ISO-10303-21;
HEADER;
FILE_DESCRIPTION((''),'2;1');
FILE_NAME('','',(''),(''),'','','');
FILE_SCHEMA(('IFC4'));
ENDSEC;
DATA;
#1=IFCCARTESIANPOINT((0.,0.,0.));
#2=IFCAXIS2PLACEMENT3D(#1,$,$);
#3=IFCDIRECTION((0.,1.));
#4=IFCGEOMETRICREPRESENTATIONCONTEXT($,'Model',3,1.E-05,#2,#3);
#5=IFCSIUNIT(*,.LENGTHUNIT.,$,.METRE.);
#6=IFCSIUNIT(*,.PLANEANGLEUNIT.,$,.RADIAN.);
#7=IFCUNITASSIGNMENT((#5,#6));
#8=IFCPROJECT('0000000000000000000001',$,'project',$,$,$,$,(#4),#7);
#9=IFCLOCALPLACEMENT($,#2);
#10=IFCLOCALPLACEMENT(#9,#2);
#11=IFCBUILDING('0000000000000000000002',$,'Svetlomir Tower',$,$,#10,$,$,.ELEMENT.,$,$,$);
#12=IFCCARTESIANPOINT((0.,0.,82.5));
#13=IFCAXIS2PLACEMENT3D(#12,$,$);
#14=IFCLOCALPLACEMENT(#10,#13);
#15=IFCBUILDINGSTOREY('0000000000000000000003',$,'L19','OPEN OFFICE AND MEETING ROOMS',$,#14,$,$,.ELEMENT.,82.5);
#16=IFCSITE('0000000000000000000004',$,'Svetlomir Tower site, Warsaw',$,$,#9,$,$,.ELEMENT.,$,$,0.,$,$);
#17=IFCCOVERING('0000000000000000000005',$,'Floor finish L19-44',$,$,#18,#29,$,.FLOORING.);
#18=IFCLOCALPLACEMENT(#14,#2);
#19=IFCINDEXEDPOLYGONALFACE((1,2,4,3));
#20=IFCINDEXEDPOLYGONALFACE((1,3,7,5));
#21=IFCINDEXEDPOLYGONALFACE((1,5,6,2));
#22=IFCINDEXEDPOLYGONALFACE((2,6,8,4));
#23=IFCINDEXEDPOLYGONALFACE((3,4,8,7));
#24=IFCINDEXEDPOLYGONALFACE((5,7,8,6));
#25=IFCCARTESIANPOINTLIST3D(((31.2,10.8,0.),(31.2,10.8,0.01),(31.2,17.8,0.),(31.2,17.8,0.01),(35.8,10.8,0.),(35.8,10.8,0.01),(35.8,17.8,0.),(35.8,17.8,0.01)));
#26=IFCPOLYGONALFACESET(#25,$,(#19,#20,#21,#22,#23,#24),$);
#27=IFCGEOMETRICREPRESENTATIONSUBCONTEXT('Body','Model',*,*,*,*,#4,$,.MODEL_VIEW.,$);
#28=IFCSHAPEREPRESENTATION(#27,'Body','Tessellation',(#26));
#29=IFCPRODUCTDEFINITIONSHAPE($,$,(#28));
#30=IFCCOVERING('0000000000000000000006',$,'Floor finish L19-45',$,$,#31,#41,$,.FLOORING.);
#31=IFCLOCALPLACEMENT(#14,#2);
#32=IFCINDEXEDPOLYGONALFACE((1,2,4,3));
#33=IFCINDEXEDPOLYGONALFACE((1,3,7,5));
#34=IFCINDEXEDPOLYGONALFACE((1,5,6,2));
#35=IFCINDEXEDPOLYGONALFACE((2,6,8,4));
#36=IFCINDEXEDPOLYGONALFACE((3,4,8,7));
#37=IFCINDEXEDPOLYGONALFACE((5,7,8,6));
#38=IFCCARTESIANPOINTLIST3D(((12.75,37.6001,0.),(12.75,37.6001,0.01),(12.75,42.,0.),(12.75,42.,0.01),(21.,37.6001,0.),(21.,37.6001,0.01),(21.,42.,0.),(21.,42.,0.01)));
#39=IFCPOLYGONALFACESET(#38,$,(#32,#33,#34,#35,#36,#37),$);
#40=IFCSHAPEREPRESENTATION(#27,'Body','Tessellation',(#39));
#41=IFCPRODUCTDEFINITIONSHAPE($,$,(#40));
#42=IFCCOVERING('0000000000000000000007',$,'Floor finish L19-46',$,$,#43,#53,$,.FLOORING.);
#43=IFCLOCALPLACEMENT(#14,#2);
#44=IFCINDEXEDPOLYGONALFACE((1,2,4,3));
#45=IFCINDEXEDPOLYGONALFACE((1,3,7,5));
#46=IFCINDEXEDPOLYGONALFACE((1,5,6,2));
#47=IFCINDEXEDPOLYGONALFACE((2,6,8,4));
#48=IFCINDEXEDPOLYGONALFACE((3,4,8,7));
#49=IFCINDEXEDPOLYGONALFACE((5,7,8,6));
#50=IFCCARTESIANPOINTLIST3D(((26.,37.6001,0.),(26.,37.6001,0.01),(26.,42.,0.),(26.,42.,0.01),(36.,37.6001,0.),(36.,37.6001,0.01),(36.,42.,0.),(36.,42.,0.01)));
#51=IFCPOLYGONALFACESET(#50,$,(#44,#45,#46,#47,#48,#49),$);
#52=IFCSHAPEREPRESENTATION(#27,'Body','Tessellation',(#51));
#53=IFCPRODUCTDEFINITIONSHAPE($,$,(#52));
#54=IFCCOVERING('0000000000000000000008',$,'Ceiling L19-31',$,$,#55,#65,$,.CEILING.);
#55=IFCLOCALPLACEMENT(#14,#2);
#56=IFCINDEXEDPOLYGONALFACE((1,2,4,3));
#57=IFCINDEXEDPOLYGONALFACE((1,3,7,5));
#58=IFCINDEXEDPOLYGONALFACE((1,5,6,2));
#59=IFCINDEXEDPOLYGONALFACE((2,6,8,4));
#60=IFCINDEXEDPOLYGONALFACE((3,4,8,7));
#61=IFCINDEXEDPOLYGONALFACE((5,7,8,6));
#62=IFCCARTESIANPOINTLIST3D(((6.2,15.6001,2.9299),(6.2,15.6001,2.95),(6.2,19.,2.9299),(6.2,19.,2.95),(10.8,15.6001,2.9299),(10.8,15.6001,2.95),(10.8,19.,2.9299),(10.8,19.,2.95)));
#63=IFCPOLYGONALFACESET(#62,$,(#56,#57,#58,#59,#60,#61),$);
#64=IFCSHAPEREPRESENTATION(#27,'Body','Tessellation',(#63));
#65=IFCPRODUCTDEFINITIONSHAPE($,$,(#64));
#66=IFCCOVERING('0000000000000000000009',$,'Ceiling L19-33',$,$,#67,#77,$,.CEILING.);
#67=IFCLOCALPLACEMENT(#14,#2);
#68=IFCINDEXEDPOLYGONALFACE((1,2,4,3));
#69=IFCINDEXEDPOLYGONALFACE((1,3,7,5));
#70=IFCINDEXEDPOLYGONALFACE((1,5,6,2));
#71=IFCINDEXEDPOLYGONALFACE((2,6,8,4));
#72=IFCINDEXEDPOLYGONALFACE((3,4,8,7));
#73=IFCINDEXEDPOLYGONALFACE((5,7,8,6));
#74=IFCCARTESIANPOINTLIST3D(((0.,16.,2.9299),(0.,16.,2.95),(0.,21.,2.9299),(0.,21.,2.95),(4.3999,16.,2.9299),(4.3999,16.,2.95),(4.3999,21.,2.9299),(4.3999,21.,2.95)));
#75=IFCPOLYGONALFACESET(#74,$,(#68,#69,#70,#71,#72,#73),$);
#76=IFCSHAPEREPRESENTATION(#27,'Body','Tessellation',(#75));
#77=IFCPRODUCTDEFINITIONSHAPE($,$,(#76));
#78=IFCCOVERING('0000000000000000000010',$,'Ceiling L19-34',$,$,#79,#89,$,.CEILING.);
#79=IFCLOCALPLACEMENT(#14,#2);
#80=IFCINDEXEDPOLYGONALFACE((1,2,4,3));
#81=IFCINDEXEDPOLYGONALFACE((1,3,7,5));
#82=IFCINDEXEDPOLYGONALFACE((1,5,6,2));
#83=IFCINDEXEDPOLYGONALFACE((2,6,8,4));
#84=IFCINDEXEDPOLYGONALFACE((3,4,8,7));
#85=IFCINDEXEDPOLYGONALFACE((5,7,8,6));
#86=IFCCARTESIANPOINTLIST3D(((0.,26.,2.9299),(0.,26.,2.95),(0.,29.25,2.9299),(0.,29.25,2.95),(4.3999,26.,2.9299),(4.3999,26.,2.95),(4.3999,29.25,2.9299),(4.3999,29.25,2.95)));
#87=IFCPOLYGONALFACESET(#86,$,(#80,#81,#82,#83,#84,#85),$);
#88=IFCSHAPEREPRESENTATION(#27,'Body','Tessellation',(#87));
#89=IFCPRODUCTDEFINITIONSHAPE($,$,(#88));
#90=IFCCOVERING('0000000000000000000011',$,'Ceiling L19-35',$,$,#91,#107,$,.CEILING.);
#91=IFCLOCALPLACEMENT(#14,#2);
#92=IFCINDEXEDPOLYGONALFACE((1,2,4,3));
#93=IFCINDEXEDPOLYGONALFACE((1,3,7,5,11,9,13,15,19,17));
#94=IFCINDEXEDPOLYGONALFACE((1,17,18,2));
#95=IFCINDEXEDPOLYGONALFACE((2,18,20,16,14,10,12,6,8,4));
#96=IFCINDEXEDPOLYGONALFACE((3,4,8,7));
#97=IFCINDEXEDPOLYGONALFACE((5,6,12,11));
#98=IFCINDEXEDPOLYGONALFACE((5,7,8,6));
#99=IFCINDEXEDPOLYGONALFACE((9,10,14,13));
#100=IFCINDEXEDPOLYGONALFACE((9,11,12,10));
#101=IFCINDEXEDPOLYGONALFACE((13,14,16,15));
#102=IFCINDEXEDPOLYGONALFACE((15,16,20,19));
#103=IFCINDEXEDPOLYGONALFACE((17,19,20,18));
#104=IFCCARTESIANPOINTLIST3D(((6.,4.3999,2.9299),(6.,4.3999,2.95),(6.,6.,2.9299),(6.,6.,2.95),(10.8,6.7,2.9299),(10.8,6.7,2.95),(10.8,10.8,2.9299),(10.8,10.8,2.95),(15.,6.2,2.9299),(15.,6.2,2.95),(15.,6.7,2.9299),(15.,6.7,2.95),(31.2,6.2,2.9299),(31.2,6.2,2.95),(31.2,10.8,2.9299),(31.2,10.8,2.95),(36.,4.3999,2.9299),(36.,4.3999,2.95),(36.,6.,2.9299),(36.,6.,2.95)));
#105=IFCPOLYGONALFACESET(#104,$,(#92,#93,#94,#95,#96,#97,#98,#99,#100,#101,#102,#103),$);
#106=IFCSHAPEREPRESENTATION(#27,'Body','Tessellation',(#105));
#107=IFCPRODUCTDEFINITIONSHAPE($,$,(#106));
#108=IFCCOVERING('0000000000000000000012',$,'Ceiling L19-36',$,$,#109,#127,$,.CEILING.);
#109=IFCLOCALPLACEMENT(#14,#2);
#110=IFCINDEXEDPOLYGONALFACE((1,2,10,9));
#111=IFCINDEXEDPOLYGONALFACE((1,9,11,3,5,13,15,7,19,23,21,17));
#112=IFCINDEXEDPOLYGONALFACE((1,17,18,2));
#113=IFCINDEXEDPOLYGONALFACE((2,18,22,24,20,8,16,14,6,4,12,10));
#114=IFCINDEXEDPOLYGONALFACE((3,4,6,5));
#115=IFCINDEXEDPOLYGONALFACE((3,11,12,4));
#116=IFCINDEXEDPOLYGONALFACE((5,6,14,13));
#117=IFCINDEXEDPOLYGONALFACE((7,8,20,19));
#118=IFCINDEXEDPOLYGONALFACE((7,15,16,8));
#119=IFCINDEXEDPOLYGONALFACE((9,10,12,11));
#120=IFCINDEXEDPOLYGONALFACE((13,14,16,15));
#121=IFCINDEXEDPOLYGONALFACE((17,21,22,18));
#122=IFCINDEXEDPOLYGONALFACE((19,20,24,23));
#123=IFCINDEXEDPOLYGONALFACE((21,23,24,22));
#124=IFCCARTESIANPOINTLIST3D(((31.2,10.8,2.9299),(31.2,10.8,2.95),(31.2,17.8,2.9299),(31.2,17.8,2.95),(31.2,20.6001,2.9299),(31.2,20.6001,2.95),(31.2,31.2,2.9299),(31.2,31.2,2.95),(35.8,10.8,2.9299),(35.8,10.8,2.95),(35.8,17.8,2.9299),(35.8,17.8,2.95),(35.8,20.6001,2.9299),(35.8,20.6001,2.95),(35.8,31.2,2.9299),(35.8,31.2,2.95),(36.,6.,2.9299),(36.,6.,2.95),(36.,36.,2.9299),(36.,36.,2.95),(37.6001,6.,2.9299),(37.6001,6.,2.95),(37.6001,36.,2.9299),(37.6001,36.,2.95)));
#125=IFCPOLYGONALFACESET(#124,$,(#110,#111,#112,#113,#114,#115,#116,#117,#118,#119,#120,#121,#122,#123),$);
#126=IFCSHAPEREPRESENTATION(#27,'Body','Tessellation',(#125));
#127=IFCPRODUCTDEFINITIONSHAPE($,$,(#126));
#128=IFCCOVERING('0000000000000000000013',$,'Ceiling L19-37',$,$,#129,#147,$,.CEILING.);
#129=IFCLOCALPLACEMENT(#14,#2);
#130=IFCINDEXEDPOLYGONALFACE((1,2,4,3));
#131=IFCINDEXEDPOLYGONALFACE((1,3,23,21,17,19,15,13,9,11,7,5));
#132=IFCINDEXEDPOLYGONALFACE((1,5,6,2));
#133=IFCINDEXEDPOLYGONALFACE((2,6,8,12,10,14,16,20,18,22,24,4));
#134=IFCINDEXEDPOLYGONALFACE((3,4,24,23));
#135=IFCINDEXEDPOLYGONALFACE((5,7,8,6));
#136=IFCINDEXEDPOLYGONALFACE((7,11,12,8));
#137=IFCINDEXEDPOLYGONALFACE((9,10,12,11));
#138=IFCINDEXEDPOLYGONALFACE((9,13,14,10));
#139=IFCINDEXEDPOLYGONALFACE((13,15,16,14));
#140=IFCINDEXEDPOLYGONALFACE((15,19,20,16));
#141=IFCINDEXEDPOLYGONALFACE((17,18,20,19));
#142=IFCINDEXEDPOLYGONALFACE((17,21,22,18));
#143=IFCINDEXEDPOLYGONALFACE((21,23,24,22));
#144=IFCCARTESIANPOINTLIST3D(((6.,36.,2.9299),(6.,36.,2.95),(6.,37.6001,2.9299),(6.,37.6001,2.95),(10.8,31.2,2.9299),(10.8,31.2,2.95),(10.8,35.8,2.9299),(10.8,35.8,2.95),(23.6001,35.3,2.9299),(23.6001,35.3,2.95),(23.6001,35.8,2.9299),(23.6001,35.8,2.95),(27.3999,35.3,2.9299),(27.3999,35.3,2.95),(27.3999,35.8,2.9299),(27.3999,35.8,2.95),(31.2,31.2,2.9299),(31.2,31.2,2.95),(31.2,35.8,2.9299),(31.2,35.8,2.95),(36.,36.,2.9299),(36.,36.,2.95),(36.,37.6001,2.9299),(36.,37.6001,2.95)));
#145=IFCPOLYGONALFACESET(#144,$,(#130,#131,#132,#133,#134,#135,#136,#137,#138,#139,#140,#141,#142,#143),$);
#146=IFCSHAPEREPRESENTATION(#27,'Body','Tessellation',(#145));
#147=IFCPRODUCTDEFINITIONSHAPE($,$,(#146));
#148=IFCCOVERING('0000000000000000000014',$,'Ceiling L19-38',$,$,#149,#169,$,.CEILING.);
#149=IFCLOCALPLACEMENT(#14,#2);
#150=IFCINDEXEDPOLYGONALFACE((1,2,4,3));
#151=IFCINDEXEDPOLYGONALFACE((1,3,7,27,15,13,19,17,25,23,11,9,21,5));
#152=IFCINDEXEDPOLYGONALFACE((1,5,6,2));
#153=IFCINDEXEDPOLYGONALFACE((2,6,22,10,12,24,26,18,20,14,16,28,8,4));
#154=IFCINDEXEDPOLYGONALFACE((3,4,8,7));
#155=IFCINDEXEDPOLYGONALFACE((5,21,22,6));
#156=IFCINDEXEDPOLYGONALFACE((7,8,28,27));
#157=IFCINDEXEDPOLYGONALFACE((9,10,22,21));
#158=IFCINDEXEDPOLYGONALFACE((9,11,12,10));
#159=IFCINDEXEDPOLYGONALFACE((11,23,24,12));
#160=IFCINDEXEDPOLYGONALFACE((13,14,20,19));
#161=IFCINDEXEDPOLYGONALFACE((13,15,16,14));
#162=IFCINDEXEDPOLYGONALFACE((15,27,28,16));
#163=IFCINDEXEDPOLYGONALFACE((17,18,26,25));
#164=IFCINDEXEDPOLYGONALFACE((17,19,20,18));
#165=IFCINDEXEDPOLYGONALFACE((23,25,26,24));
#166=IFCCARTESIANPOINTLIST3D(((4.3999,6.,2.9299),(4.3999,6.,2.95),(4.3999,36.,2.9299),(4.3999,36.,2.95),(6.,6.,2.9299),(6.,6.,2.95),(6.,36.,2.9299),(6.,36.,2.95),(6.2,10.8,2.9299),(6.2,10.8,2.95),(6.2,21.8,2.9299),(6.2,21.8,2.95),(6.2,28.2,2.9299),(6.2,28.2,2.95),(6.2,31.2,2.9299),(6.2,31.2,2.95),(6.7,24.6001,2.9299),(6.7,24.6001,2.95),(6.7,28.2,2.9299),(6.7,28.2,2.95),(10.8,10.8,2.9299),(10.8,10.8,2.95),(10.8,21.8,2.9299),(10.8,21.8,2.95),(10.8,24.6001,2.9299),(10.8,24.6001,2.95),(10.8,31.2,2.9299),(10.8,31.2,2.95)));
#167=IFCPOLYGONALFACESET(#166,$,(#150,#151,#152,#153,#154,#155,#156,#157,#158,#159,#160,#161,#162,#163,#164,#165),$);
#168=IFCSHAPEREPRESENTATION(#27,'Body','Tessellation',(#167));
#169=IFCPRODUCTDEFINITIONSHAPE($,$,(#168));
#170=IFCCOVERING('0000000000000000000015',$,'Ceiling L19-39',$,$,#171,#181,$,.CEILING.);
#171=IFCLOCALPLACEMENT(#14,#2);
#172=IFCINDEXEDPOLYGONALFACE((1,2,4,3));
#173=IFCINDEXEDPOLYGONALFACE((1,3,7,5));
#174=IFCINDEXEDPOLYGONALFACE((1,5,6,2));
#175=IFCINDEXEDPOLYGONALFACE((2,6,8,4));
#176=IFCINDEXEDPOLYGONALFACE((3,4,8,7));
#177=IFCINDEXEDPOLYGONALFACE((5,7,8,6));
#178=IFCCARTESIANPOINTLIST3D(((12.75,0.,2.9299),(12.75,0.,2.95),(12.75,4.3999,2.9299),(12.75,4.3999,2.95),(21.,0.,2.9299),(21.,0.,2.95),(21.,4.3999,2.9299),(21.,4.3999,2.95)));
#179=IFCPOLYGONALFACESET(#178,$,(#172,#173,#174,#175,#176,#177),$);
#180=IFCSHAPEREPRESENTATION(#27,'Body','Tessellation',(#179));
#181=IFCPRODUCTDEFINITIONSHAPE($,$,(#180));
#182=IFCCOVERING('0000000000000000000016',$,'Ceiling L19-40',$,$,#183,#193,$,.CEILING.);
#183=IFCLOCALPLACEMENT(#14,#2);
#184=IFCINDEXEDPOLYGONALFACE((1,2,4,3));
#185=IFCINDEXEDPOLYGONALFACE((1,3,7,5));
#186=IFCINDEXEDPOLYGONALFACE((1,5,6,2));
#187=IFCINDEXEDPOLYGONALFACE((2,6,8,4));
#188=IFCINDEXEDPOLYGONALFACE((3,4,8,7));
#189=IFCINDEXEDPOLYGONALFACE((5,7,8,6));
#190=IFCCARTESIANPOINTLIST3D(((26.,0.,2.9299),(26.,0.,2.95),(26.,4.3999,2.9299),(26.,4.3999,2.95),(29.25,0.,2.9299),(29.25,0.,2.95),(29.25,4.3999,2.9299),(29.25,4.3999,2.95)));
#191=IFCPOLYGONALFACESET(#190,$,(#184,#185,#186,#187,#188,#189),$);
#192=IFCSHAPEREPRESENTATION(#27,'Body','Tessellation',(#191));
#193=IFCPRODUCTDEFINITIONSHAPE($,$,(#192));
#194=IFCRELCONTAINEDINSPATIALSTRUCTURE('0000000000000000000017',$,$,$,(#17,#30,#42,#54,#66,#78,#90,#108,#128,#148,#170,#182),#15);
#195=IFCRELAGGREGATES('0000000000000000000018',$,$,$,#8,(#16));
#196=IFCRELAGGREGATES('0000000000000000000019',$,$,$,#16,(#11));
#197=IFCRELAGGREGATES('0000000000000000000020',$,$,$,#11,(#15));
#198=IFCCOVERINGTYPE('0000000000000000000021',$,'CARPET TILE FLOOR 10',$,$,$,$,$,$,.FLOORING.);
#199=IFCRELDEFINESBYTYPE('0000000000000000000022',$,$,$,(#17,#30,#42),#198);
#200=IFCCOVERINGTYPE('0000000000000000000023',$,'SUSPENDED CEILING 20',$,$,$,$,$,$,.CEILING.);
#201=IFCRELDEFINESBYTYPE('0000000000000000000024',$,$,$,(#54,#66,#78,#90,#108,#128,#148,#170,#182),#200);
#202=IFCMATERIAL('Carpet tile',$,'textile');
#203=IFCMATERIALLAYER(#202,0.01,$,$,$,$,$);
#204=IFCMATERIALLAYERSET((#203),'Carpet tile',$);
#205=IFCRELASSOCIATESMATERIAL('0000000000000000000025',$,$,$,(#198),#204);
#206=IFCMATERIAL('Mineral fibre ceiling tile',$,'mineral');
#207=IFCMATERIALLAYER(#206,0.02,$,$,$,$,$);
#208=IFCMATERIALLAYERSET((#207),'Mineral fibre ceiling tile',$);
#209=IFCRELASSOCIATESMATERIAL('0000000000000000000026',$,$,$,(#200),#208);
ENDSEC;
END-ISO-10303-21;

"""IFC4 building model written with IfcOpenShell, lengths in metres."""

from ifc_helpers import new_model, si_unit, direction, frame, origin, place, context, subcontext, project, spatial, polyline, outline, extrude, material, layer, layer_set, type_object, element, save


model = new_model("IFC4")

# Units and contexts
model_context = context("Model", 3, precision=1e-05, world=origin(), true_north=direction((0.0, 1.0)))
body_context = subcontext(model_context, "Body", "Model", "MODEL_VIEW")
ifc_project = project(units=[si_unit("LENGTHUNIT", "METRE"), si_unit("PLANEANGLEUNIT", "RADIAN")], contexts=[model_context])

# Site, building, storey
site_placement = place(None, origin())
site = spatial("IfcSite", under=ifc_project, at=site_placement, Name="Svetlomir Tower site, Warsaw", CompositionType="ELEMENT", RefElevation=0.0)
building_placement = place(site_placement, origin())
building = spatial("IfcBuilding", under=site, at=building_placement, Name="Svetlomir Tower", CompositionType="ELEMENT")
storey_placement = place(building_placement, frame((0.0, 0.0, 82.5)))
storey = spatial("IfcBuildingStorey", under=building, at=storey_placement, Name="L19", Description="OPEN OFFICE AND MEETING ROOMS", CompositionType="ELEMENT", Elevation=82.5)

# Coverings
ifc_material_1 = material(Name="Carpet tile", Category="textile")
ifc_layer_1 = layer(ifc_material_1, 0.01)
ifc_layer_set_1 = layer_set([ifc_layer_1], Name="Carpet tile")
covering_type_1 = type_object("IfcCoveringType", Name="CARPET TILE FLOOR 10", PredefinedType="FLOORING", material=ifc_layer_set_1)
covering_1_placement = place(storey_placement, origin())
element("IfcCovering", 1, at=covering_1_placement, inside=storey, type_object=covering_type_1, Name="Floor finish L19-44", PredefinedType="FLOORING", context=body_context, shape_type="SweptSolid", body=[
    extrude(outline(polyline([(31.2, 10.8), (31.2, 17.8), (35.8, 17.8), (35.8, 10.8), (31.2, 10.8)])), origin(), (0.0, 0.0, 1.0), 0.01),
])
covering_2_placement = place(storey_placement, origin())
element("IfcCovering", 2, at=covering_2_placement, inside=storey, type_object=covering_type_1, Name="Floor finish L19-45", PredefinedType="FLOORING", context=body_context, shape_type="SweptSolid", body=[
    extrude(outline(polyline([(12.75, 37.6001), (12.75, 42.0), (21.0, 42.0), (21.0, 37.6001), (12.75, 37.6001)])), origin(), (0.0, 0.0, 1.0), 0.01),
])
covering_3_placement = place(storey_placement, origin())
element("IfcCovering", 3, at=covering_3_placement, inside=storey, type_object=covering_type_1, Name="Floor finish L19-46", PredefinedType="FLOORING", context=body_context, shape_type="SweptSolid", body=[
    extrude(outline(polyline([(26.0, 37.6001), (26.0, 42.0), (36.0, 42.0), (36.0, 37.6001), (26.0, 37.6001)])), origin(), (0.0, 0.0, 1.0), 0.01),
])
ifc_material_2 = material(Name="Mineral fibre ceiling tile", Category="mineral")
ifc_layer_2 = layer(ifc_material_2, 0.02)
ifc_layer_set_2 = layer_set([ifc_layer_2], Name="Mineral fibre ceiling tile")
covering_type_2 = type_object("IfcCoveringType", Name="SUSPENDED CEILING 20", PredefinedType="CEILING", material=ifc_layer_set_2)
covering_4_placement = place(storey_placement, frame((0.0, 0.0, 2.9299)))
element("IfcCovering", 4, at=covering_4_placement, inside=storey, type_object=covering_type_2, Name="Ceiling L19-31", PredefinedType="CEILING", context=body_context, shape_type="SweptSolid", body=[
    extrude(outline(polyline([(6.2, 15.6001), (10.8, 15.6001), (10.8, 19.0), (6.2, 19.0), (6.2, 15.6001)])), origin(), (0.0, 0.0, 1.0), 0.02),
])
covering_5_placement = place(storey_placement, frame((0.0, 0.0, 2.9299)))
element("IfcCovering", 5, at=covering_5_placement, inside=storey, type_object=covering_type_2, Name="Ceiling L19-33", PredefinedType="CEILING", context=body_context, shape_type="SweptSolid", body=[
    extrude(outline(polyline([(0.0, 16.0), (4.3999, 16.0), (4.3999, 21.0), (0.0, 21.0), (0.0, 16.0)])), origin(), (0.0, 0.0, 1.0), 0.02),
])
covering_6_placement = place(storey_placement, frame((0.0, 0.0, 2.9299)))
element("IfcCovering", 6, at=covering_6_placement, inside=storey, type_object=covering_type_2, Name="Ceiling L19-34", PredefinedType="CEILING", context=body_context, shape_type="SweptSolid", body=[
    extrude(outline(polyline([(0.0, 26.0), (4.3999, 26.0), (4.3999, 29.25), (0.0, 29.25), (0.0, 26.0)])), origin(), (0.0, 0.0, 1.0), 0.02),
])
covering_7_placement = place(storey_placement, frame((0.0, 0.0, 2.9299)))
element("IfcCovering", 7, at=covering_7_placement, inside=storey, type_object=covering_type_2, Name="Ceiling L19-35", PredefinedType="CEILING", context=body_context, shape_type="SweptSolid", body=[
    extrude(outline(polyline([(36.0, 4.3999), (6.0, 4.3999), (6.0, 6.0), (10.8, 10.8), (10.8, 6.7), (15.0, 6.7), (15.0, 6.2), (31.2, 6.2), (31.2, 10.8), (36.0, 6.0), (36.0, 4.3999)])), origin(), (0.0, 0.0, 1.0), 0.02),
])
covering_8_placement = place(storey_placement, frame((0.0, 0.0, 2.9299)))
element("IfcCovering", 8, at=covering_8_placement, inside=storey, type_object=covering_type_2, Name="Ceiling L19-36", PredefinedType="CEILING", context=body_context, shape_type="SweptSolid", body=[
    extrude(outline(polyline([(31.2, 20.6001), (35.8, 20.6001), (35.8, 31.2), (31.2, 31.2), (36.0, 36.0), (37.6001, 36.0), (37.6001, 6.0), (36.0, 6.0), (31.2, 10.8), (35.8, 10.8), (35.8, 17.8), (31.2, 17.8), (31.2, 20.6001)])), origin(), (0.0, 0.0, 1.0), 0.02),
])
covering_9_placement = place(storey_placement, frame((0.0, 0.0, 2.9299)))
element("IfcCovering", 9, at=covering_9_placement, inside=storey, type_object=covering_type_2, Name="Ceiling L19-37", PredefinedType="CEILING", context=body_context, shape_type="SweptSolid", body=[
    extrude(outline(polyline([(6.0, 37.6001), (36.0, 37.6001), (36.0, 36.0), (31.2, 31.2), (31.2, 35.8), (27.3999, 35.8), (27.3999, 35.3), (23.6001, 35.3), (23.6001, 35.8), (10.8, 35.8), (10.8, 31.2), (6.0, 36.0), (6.0, 37.6001)])), origin(), (0.0, 0.0, 1.0), 0.02),
])
covering_10_placement = place(storey_placement, frame((0.0, 0.0, 2.9299)))
element("IfcCovering", 10, at=covering_10_placement, inside=storey, type_object=covering_type_2, Name="Ceiling L19-38", PredefinedType="CEILING", context=body_context, shape_type="SweptSolid", body=[
    extrude(outline(polyline([(4.3999, 6.0), (4.3999, 36.0), (6.0, 36.0), (10.8, 31.2), (6.2, 31.2), (6.2, 28.2), (6.7, 28.2), (6.7, 24.6001), (10.8, 24.6001), (10.8, 21.8), (6.2, 21.8), (6.2, 10.8), (10.8, 10.8), (6.0, 6.0), (4.3999, 6.0)])), origin(), (0.0, 0.0, 1.0), 0.02),
])
covering_11_placement = place(storey_placement, frame((0.0, 0.0, 2.9299)))
element("IfcCovering", 11, at=covering_11_placement, inside=storey, type_object=covering_type_2, Name="Ceiling L19-39", PredefinedType="CEILING", context=body_context, shape_type="SweptSolid", body=[
    extrude(outline(polyline([(21.0, 4.3999), (21.0, 0.0), (12.75, 0.0), (12.75, 4.3999), (21.0, 4.3999)])), origin(), (0.0, 0.0, 1.0), 0.02),
])
covering_12_placement = place(storey_placement, frame((0.0, 0.0, 2.9299)))
element("IfcCovering", 12, at=covering_12_placement, inside=storey, type_object=covering_type_2, Name="Ceiling L19-40", PredefinedType="CEILING", context=body_context, shape_type="SweptSolid", body=[
    extrude(outline(polyline([(26.0, 0.0), (26.0, 4.3999), (29.25, 4.3999), (29.25, 0.0), (26.0, 0.0)])), origin(), (0.0, 0.0, 1.0), 0.02),
])

save(model, "model.ifc")
